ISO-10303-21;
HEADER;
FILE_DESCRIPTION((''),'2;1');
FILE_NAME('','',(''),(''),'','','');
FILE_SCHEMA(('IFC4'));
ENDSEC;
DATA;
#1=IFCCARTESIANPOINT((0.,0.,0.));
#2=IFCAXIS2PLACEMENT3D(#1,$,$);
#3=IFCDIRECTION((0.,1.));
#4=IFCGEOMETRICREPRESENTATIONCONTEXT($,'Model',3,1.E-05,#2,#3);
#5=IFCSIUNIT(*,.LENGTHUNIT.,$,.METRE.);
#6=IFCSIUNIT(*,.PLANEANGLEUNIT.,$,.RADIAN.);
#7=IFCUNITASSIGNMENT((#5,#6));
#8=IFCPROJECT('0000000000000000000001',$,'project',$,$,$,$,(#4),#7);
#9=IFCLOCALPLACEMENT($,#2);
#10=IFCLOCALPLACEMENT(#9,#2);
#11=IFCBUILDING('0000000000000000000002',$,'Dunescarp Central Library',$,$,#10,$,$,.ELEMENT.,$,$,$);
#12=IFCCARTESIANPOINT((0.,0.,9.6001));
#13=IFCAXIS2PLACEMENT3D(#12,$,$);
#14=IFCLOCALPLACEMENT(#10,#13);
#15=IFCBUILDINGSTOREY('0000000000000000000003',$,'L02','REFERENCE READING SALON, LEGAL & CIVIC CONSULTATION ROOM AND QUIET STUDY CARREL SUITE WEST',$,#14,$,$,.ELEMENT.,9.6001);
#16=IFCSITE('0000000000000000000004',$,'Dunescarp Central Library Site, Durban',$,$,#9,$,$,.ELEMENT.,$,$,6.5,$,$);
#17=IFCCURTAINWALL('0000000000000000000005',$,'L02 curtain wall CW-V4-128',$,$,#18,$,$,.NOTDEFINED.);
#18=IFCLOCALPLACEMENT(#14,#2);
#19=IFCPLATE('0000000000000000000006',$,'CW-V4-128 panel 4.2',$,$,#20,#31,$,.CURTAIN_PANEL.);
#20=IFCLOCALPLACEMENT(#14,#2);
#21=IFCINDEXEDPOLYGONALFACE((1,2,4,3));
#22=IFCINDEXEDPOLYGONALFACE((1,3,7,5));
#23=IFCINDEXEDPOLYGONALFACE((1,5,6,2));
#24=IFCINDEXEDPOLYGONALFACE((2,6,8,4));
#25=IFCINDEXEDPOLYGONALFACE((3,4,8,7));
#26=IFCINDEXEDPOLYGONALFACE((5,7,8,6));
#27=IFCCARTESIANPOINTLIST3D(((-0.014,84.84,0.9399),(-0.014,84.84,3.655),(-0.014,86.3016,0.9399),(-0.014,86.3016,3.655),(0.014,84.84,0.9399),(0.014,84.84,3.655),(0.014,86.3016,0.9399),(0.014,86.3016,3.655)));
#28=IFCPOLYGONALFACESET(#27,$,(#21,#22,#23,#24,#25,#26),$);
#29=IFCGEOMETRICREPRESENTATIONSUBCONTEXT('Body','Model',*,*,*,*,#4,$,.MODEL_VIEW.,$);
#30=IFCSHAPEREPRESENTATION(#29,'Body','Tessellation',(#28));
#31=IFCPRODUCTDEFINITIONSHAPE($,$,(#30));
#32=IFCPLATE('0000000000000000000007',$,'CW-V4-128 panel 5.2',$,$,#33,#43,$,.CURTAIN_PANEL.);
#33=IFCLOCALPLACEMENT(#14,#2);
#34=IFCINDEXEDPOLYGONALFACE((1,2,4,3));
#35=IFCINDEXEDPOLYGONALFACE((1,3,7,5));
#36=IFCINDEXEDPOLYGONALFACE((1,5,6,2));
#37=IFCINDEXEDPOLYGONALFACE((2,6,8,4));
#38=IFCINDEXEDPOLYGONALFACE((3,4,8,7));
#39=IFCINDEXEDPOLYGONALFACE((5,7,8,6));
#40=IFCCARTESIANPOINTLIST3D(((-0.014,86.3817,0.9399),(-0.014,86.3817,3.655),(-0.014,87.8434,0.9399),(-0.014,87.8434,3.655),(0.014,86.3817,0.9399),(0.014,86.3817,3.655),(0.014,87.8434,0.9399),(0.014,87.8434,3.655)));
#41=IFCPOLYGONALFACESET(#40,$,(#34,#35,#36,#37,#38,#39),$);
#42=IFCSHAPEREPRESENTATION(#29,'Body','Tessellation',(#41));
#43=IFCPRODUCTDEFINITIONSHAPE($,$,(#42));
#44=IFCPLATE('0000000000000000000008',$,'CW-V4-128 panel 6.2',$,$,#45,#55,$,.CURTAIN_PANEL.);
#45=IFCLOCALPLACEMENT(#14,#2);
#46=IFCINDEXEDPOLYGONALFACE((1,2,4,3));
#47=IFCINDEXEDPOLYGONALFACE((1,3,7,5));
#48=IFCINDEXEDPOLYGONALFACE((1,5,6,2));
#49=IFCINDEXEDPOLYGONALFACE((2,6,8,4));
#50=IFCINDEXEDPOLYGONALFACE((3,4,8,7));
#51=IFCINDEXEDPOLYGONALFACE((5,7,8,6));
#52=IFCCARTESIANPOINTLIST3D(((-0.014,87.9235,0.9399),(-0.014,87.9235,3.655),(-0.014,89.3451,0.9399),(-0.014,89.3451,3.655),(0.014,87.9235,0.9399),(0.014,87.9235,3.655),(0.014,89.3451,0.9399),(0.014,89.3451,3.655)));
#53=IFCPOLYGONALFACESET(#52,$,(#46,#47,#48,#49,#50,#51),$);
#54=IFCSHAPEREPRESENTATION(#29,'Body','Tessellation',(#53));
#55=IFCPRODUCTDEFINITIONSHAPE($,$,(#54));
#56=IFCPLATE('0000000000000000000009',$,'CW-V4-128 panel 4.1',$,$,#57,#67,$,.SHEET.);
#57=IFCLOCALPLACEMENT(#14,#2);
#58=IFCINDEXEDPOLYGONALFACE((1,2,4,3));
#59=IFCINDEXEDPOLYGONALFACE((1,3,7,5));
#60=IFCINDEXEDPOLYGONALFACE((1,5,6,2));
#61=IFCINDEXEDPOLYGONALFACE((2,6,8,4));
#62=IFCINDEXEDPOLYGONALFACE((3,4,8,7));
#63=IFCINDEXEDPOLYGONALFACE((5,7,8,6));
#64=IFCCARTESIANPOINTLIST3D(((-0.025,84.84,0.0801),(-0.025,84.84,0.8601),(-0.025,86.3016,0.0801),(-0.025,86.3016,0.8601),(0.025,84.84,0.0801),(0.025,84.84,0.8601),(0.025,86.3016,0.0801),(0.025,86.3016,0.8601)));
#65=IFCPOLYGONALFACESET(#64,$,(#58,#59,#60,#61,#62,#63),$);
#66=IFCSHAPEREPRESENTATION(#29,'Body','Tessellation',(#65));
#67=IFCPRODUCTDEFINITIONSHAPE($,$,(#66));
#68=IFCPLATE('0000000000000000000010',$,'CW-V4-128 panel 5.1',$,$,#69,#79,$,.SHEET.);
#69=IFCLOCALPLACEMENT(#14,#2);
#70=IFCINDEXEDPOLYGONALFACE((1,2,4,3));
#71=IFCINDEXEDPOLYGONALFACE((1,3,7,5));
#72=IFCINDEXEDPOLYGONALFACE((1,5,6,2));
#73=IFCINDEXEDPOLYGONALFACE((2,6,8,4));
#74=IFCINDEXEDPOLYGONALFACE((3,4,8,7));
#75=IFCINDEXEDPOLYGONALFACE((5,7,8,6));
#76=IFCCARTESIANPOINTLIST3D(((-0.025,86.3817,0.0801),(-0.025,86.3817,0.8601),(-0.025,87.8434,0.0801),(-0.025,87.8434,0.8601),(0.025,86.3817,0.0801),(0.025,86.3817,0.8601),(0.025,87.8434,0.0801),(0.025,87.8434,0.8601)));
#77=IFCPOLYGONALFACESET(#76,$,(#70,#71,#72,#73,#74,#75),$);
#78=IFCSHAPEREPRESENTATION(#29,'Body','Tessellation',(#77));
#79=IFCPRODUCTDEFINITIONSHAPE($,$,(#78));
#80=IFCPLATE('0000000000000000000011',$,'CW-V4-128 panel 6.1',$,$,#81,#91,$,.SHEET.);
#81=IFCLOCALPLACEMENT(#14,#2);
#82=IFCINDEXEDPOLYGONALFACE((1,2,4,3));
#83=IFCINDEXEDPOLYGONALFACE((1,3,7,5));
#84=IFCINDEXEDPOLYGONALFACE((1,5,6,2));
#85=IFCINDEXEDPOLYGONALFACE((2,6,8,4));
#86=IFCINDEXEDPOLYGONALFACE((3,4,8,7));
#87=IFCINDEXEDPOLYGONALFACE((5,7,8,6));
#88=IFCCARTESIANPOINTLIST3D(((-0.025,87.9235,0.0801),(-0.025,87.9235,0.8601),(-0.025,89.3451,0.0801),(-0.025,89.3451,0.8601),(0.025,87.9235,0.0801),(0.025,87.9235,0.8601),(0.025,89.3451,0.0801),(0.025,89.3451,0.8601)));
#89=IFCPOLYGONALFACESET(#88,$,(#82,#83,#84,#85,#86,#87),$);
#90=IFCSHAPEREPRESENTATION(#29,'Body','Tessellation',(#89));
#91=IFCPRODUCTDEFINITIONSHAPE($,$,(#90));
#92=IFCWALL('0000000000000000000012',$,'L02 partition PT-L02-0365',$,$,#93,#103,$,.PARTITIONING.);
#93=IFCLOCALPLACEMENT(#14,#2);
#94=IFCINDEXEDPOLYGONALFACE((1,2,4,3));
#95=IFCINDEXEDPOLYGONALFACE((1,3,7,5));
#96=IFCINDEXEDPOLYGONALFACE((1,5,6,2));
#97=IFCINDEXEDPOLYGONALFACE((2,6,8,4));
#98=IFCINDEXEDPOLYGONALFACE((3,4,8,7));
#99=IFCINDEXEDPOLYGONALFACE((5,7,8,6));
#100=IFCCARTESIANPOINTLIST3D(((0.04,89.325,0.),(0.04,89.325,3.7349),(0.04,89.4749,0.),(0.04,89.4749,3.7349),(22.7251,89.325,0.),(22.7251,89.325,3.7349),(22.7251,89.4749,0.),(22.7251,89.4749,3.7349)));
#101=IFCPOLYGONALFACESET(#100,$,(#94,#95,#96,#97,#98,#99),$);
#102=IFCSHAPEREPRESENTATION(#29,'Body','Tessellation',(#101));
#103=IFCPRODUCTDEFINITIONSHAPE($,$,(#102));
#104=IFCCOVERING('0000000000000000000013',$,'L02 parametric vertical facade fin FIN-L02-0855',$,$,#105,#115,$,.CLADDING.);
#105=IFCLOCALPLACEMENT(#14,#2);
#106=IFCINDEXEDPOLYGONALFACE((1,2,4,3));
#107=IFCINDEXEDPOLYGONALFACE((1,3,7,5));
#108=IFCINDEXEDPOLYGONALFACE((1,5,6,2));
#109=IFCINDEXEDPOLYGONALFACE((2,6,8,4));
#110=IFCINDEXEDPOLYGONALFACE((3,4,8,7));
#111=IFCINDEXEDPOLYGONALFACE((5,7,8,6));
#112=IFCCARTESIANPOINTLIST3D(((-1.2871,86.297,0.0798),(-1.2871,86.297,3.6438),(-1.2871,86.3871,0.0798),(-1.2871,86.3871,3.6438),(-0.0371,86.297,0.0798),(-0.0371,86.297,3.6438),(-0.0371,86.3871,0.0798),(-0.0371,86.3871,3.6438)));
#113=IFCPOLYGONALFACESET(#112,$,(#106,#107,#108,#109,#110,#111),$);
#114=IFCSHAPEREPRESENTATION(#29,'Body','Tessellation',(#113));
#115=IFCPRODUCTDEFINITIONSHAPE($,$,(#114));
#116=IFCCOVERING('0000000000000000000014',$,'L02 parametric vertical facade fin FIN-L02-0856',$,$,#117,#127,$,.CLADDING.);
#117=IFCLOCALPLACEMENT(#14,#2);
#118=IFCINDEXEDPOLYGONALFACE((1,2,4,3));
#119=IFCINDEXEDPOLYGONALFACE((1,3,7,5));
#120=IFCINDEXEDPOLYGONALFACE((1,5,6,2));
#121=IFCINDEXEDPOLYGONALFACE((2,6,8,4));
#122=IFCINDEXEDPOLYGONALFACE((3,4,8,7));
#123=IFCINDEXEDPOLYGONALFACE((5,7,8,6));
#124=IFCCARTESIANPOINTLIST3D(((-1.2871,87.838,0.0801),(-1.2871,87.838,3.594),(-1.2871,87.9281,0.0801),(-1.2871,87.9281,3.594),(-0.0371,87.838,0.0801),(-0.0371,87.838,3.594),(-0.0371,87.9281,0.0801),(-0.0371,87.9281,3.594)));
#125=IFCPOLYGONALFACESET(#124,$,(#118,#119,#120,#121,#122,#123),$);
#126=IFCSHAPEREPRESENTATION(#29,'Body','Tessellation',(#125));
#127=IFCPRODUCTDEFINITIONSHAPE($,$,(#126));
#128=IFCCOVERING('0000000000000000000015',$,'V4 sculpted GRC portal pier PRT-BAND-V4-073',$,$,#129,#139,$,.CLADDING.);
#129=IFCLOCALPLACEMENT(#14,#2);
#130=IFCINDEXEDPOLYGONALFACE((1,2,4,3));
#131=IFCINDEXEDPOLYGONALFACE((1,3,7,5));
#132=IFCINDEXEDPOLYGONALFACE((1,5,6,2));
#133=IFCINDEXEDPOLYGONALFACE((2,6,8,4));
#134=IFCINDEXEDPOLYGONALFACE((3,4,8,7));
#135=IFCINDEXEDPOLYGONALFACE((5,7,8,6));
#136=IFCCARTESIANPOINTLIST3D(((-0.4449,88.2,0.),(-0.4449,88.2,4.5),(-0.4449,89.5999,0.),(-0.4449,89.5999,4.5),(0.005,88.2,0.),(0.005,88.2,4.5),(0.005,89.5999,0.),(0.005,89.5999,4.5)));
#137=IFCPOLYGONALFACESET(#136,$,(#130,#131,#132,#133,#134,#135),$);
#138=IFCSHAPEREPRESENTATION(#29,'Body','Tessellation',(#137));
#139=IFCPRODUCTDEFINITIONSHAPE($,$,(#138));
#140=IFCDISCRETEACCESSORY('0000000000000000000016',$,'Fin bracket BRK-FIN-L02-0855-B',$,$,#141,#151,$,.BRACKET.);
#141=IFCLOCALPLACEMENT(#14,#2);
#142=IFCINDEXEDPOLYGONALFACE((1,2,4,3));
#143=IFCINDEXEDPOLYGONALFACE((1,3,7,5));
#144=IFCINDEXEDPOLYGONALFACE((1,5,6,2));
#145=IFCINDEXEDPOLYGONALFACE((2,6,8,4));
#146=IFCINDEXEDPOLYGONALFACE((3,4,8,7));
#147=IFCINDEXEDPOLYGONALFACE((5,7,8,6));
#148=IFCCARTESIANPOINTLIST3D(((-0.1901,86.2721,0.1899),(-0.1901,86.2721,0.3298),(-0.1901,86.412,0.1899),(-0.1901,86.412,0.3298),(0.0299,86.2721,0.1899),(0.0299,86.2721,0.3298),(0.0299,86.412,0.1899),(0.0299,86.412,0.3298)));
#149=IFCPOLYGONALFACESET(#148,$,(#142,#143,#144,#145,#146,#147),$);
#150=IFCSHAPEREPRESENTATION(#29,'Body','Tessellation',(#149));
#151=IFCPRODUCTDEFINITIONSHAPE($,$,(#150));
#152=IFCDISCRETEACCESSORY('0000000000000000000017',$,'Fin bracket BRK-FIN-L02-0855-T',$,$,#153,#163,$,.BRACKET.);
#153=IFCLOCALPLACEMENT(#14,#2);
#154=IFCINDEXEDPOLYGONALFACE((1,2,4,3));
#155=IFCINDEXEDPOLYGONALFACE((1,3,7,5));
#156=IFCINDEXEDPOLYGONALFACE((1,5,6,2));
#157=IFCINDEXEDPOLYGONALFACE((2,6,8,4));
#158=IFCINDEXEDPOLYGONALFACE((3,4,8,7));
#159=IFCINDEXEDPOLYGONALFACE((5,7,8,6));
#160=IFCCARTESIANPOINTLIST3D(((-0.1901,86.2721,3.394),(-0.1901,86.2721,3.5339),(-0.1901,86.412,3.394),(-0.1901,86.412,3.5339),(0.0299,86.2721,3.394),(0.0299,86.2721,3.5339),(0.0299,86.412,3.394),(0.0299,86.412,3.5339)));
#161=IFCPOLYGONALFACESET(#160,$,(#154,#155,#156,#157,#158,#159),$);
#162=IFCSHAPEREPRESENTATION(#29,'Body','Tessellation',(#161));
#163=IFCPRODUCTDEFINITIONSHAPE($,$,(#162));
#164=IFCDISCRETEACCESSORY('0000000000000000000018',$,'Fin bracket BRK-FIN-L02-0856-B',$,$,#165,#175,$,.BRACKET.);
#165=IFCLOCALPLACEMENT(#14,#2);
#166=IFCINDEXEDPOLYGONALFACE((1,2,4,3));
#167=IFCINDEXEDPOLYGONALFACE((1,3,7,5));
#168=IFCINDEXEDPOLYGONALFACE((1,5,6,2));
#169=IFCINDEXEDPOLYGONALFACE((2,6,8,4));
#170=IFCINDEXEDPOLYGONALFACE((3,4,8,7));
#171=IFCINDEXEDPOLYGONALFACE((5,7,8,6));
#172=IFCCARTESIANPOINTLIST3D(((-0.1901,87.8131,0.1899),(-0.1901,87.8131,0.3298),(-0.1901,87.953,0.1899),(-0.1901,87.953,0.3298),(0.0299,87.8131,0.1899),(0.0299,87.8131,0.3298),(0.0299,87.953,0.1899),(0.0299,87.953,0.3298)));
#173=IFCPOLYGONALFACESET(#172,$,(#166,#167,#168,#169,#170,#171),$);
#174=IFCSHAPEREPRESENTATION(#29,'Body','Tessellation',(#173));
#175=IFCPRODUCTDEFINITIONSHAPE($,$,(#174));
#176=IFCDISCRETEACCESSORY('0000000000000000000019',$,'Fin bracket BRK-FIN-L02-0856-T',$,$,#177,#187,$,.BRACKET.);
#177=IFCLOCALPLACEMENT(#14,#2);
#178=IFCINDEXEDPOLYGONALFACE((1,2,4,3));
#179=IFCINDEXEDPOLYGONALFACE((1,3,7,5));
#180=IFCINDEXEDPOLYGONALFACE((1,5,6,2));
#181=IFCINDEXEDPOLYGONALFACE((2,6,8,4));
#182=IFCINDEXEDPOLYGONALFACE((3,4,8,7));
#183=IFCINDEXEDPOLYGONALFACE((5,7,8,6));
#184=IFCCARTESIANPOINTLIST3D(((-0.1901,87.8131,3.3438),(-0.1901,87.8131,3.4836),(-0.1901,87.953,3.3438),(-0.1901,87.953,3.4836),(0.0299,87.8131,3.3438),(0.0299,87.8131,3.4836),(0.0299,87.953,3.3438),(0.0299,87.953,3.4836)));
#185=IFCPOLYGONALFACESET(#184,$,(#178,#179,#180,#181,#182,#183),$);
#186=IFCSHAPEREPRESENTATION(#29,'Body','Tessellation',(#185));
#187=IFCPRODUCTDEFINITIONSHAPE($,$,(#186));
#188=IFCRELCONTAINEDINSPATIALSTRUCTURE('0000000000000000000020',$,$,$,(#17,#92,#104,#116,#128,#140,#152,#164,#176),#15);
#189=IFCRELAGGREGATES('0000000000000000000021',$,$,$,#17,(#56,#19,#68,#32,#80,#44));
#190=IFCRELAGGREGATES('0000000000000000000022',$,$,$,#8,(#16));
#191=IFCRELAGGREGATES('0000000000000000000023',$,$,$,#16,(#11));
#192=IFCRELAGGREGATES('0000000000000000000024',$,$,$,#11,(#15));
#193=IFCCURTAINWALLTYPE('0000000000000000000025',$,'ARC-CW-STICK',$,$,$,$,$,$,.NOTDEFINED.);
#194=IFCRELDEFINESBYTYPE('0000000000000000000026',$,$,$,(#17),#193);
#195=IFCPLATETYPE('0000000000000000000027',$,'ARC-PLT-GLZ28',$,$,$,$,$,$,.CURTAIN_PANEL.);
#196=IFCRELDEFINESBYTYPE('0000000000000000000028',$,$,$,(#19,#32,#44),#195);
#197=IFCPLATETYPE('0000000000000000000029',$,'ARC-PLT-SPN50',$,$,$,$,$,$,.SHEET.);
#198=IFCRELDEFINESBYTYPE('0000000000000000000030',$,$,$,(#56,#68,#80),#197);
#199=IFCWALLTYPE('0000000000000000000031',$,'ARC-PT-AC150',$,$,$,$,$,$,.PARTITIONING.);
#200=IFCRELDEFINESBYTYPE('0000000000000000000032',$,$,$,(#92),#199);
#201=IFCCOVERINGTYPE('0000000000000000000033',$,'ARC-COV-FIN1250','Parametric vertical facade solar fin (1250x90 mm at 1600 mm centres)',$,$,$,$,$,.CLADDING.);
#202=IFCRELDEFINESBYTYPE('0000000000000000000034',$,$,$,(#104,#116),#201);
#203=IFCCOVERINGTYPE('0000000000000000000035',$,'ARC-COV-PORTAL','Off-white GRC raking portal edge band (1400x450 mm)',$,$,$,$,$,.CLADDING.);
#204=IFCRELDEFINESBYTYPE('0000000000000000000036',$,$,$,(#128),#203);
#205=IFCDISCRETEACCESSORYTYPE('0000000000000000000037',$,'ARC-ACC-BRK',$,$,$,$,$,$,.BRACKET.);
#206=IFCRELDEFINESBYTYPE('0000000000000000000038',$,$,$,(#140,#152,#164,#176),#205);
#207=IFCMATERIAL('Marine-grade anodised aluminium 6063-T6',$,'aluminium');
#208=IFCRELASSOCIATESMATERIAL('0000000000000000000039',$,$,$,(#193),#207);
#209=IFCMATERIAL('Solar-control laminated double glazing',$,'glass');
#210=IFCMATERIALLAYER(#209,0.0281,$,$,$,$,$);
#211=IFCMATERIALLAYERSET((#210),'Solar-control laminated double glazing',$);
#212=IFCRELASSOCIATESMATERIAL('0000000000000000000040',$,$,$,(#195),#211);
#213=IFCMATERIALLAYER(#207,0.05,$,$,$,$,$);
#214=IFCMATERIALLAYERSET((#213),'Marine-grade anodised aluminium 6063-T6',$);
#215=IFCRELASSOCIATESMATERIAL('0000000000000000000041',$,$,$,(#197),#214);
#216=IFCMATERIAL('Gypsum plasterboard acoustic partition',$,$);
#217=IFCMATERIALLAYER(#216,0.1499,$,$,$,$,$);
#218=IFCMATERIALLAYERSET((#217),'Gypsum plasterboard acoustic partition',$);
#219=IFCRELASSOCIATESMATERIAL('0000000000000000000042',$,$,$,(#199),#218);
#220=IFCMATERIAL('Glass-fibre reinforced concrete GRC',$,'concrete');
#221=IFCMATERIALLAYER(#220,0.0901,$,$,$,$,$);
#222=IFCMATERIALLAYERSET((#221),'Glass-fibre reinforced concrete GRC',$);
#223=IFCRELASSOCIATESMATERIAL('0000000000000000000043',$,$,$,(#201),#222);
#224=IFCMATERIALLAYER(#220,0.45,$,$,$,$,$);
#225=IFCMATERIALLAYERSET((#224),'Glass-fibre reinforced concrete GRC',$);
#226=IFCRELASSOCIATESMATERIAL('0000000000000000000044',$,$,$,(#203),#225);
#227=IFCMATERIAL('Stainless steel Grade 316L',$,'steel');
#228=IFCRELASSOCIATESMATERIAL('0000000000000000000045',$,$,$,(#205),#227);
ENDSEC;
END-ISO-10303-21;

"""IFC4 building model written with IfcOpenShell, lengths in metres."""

from ifc_helpers import new_model, si_unit, direction, frame, frame_2d, origin, origin_2d, place, context, subcontext, project, spatial, rectangle, extrude, material, layer, layer_set, type_object, element, aggregate, save


model = new_model("IFC4")

# Units and contexts
model_context = context("Model", 3, precision=1e-05, world=origin(), true_north=direction((0.0, 1.0)))
body_context = subcontext(model_context, "Body", "Model", "MODEL_VIEW")
ifc_project = project(units=[si_unit("LENGTHUNIT", "METRE"), si_unit("PLANEANGLEUNIT", "RADIAN")], contexts=[model_context])

# Site, building, storey
site_placement = place(None, origin())
site = spatial("IfcSite", under=ifc_project, at=site_placement, Name="Dunescarp Central Library Site, Durban", CompositionType="ELEMENT", RefElevation=6.5)
building_placement = place(site_placement, origin())
building = spatial("IfcBuilding", under=site, at=building_placement, Name="Dunescarp Central Library", CompositionType="ELEMENT")
storey_placement = place(building_placement, frame((0.0, 0.0, 9.6001)))
storey = spatial("IfcBuildingStorey", under=building, at=storey_placement, Name="L02", Description="REFERENCE READING SALON, LEGAL & CIVIC CONSULTATION ROOM AND QUIET STUDY CARREL SUITE WEST", CompositionType="ELEMENT", Elevation=9.6001)

# Curtain wall, plates
ifc_material_1 = material(Name="Marine-grade anodised aluminium 6063-T6", Category="aluminium")
curtain_wall_type = type_object("IfcCurtainWallType", Name="ARC-CW-STICK", PredefinedType="NOTDEFINED", material=ifc_material_1)
curtain_wall_placement = place(storey_placement, origin())
curtain_wall = element("IfcCurtainWall", 1, at=curtain_wall_placement, inside=storey, type_object=curtain_wall_type, Name="L02 curtain wall CW-V4-128", PredefinedType="NOTDEFINED")
ifc_material_2 = material(Name="Solar-control laminated double glazing", Category="glass")
ifc_layer_1 = layer(ifc_material_2, 0.0281)
ifc_layer_set_1 = layer_set([ifc_layer_1], Name="Solar-control laminated double glazing")
plate_type_1 = type_object("IfcPlateType", Name="ARC-PLT-GLZ28", PredefinedType="CURTAIN_PANEL", material=ifc_layer_set_1)
plate_1_placement = place(storey_placement, frame((0.0, 85.5708, 0.9399), z_axis=(0.0, 0.0, 1.0), x_axis=(0.0, 1.0, 0.0)))
plate_1 = element("IfcPlate", 2, at=plate_1_placement, type_object=plate_type_1, Name="CW-V4-128 panel 4.2", PredefinedType="CURTAIN_PANEL", context=body_context, shape_type="SweptSolid", body=[
    extrude(rectangle(XDim=1.4617, YDim=0.0281, at=origin_2d()), origin(), (0.0, 0.0, 1.0), 2.7151),
])
plate_2_placement = place(storey_placement, frame((0.0, 87.1125, 0.9399), z_axis=(0.0, 0.0, 1.0), x_axis=(0.0, 1.0, 0.0)))
plate_2 = element("IfcPlate", 3, at=plate_2_placement, type_object=plate_type_1, Name="CW-V4-128 panel 5.2", PredefinedType="CURTAIN_PANEL", context=body_context, shape_type="SweptSolid", body=[
    extrude(rectangle(XDim=1.4617, YDim=0.0281, at=origin_2d()), origin(), (0.0, 0.0, 1.0), 2.7151),
])
plate_3_placement = place(storey_placement, frame((0.0, 88.6343, 0.9399), z_axis=(0.0, 0.0, 1.0), x_axis=(0.0, 1.0, 0.0)))
plate_3 = element("IfcPlate", 4, at=plate_3_placement, type_object=plate_type_1, Name="CW-V4-128 panel 6.2", PredefinedType="CURTAIN_PANEL", context=body_context, shape_type="SweptSolid", body=[
    extrude(rectangle(XDim=1.4216, YDim=0.0281, at=origin_2d()), origin(), (0.0, 0.0, 1.0), 2.7151),
])
ifc_layer_2 = layer(ifc_material_1, 0.05)
ifc_layer_set_2 = layer_set([ifc_layer_2], Name="Marine-grade anodised aluminium 6063-T6")
plate_type_2 = type_object("IfcPlateType", Name="ARC-PLT-SPN50", PredefinedType="SHEET", material=ifc_layer_set_2)
plate_4_placement = place(storey_placement, frame((0.0, 85.5708, 0.0801), z_axis=(0.0, 0.0, 1.0), x_axis=(0.0, 1.0, 0.0)))
plate_4 = element("IfcPlate", 5, at=plate_4_placement, type_object=plate_type_2, Name="CW-V4-128 panel 4.1", PredefinedType="SHEET", context=body_context, shape_type="SweptSolid", body=[
    extrude(rectangle(XDim=1.4617, YDim=0.05, at=origin_2d()), origin(), (0.0, 0.0, 1.0), 0.78),
])
plate_5_placement = place(storey_placement, frame((0.0, 87.1125, 0.0801), z_axis=(0.0, 0.0, 1.0), x_axis=(0.0, 1.0, 0.0)))
plate_5 = element("IfcPlate", 6, at=plate_5_placement, type_object=plate_type_2, Name="CW-V4-128 panel 5.1", PredefinedType="SHEET", context=body_context, shape_type="SweptSolid", body=[
    extrude(rectangle(XDim=1.4617, YDim=0.05, at=origin_2d()), origin(), (0.0, 0.0, 1.0), 0.78),
])
plate_6_placement = place(storey_placement, frame((0.0, 88.6343, 0.0801), z_axis=(0.0, 0.0, 1.0), x_axis=(0.0, 1.0, 0.0)))
plate_6 = element("IfcPlate", 7, at=plate_6_placement, type_object=plate_type_2, Name="CW-V4-128 panel 6.1", PredefinedType="SHEET", context=body_context, shape_type="SweptSolid", body=[
    extrude(rectangle(XDim=1.4216, YDim=0.05, at=origin_2d()), origin(), (0.0, 0.0, 1.0), 0.78),
])
aggregate(curtain_wall, [plate_4, plate_1, plate_5, plate_2, plate_6, plate_3])

# Wall
ifc_material_3 = material(Name="Gypsum plasterboard acoustic partition")
ifc_layer_3 = layer(ifc_material_3, 0.1499)
ifc_layer_set_3 = layer_set([ifc_layer_3], Name="Gypsum plasterboard acoustic partition")
wall_type = type_object("IfcWallType", Name="ARC-PT-AC150", PredefinedType="PARTITIONING", material=ifc_layer_set_3)
wall_placement = place(storey_placement, frame((0.04, 89.3999, 0.0), z_axis=(0.0, 0.0, 1.0), x_axis=(1.0, 0.0, 0.0)))
element("IfcWall", 8, at=wall_placement, inside=storey, type_object=wall_type, Name="L02 partition PT-L02-0365", PredefinedType="PARTITIONING", context=body_context, shape_type="SweptSolid", body=[
    extrude(rectangle(XDim=22.6851, YDim=0.1499, at=frame_2d((11.3425, 0.0))), origin(), (0.0, 0.0, 1.0), 3.7349),
])

# Coverings
ifc_material_4 = material(Name="Glass-fibre reinforced concrete GRC", Category="concrete")
ifc_layer_4 = layer(ifc_material_4, 0.0901)
ifc_layer_set_4 = layer_set([ifc_layer_4], Name="Glass-fibre reinforced concrete GRC")
covering_type_1 = type_object("IfcCoveringType", Name="ARC-COV-FIN1250", Description="Parametric vertical facade solar fin (1250x90 mm at 1600 mm centres)", PredefinedType="CLADDING", material=ifc_layer_set_4)
covering_1_placement = place(storey_placement, frame((-0.6621, 86.342, 0.0798), z_axis=(0.0, 0.0, 1.0), x_axis=(-1.0, 0.0, 0.0)))
element("IfcCovering", 9, at=covering_1_placement, inside=storey, type_object=covering_type_1, Name="L02 parametric vertical facade fin FIN-L02-0855", PredefinedType="CLADDING", context=body_context, shape_type="SweptSolid", body=[
    extrude(rectangle(XDim=1.25, YDim=0.0901, at=origin_2d()), origin(), (0.0, 0.0, 1.0), 3.564),
])
covering_2_placement = place(storey_placement, frame((-0.6621, 87.8831, 0.0801), z_axis=(0.0, 0.0, 1.0), x_axis=(-1.0, 0.0, 0.0)))
element("IfcCovering", 10, at=covering_2_placement, inside=storey, type_object=covering_type_1, Name="L02 parametric vertical facade fin FIN-L02-0856", PredefinedType="CLADDING", context=body_context, shape_type="SweptSolid", body=[
    extrude(rectangle(XDim=1.25, YDim=0.0901, at=origin_2d()), origin(), (0.0, 0.0, 1.0), 3.5139),
])
ifc_layer_5 = layer(ifc_material_4, 0.45)
ifc_layer_set_5 = layer_set([ifc_layer_5], Name="Glass-fibre reinforced concrete GRC")
covering_type_2 = type_object("IfcCoveringType", Name="ARC-COV-PORTAL", Description="Off-white GRC raking portal edge band (1400x450 mm)", PredefinedType="CLADDING", material=ifc_layer_set_5)
covering_3_placement = place(storey_placement, frame((-0.22, 88.8999, 0.0), z_axis=(0.0, 0.0, 1.0), x_axis=(1.0, 0.0, 0.0)))
element("IfcCovering", 11, at=covering_3_placement, inside=storey, type_object=covering_type_2, Name="V4 sculpted GRC portal pier PRT-BAND-V4-073", PredefinedType="CLADDING", context=body_context, shape_type="SweptSolid", body=[
    extrude(rectangle(XDim=0.45, YDim=1.3999, at=origin_2d()), origin(), (0.0, 0.0, 1.0), 4.5),
])

# Discrete accessories
ifc_material_5 = material(Name="Stainless steel Grade 316L", Category="steel")
discrete_accessory_type = type_object("IfcDiscreteAccessoryType", Name="ARC-ACC-BRK", PredefinedType="BRACKET", material=ifc_material_5)
for number, where, z_axis, x_axis, name in (
    (12, (-0.0801, 86.342, 0.1899), (0.0, 0.0, 1.0), (-1.0, 0.0, 0.0), "Fin bracket BRK-FIN-L02-0855-B"),
    (13, (-0.0801, 86.342, 3.394), (0.0, 0.0, 1.0), (-1.0, 0.0, 0.0), "Fin bracket BRK-FIN-L02-0855-T"),
    (14, (-0.0801, 87.8831, 0.1899), (0.0, 0.0, 1.0), (-1.0, 0.0, 0.0), "Fin bracket BRK-FIN-L02-0856-B"),
    (15, (-0.0801, 87.8831, 3.3438), (0.0, 0.0, 1.0), (-1.0, 0.0, 0.0), "Fin bracket BRK-FIN-L02-0856-T"),
):
    element("IfcDiscreteAccessory", number, at=place(storey_placement, frame(where, z_axis=z_axis, x_axis=x_axis)), inside=storey, type_object=discrete_accessory_type, Name=name, PredefinedType="BRACKET", context=body_context, shape_type="SweptSolid", body=[
        extrude(rectangle(XDim=0.22, YDim=0.1399, at=origin_2d()), origin(), (0.0, 0.0, 1.0), 0.1399),
    ])

save(model, "model.ifc")
